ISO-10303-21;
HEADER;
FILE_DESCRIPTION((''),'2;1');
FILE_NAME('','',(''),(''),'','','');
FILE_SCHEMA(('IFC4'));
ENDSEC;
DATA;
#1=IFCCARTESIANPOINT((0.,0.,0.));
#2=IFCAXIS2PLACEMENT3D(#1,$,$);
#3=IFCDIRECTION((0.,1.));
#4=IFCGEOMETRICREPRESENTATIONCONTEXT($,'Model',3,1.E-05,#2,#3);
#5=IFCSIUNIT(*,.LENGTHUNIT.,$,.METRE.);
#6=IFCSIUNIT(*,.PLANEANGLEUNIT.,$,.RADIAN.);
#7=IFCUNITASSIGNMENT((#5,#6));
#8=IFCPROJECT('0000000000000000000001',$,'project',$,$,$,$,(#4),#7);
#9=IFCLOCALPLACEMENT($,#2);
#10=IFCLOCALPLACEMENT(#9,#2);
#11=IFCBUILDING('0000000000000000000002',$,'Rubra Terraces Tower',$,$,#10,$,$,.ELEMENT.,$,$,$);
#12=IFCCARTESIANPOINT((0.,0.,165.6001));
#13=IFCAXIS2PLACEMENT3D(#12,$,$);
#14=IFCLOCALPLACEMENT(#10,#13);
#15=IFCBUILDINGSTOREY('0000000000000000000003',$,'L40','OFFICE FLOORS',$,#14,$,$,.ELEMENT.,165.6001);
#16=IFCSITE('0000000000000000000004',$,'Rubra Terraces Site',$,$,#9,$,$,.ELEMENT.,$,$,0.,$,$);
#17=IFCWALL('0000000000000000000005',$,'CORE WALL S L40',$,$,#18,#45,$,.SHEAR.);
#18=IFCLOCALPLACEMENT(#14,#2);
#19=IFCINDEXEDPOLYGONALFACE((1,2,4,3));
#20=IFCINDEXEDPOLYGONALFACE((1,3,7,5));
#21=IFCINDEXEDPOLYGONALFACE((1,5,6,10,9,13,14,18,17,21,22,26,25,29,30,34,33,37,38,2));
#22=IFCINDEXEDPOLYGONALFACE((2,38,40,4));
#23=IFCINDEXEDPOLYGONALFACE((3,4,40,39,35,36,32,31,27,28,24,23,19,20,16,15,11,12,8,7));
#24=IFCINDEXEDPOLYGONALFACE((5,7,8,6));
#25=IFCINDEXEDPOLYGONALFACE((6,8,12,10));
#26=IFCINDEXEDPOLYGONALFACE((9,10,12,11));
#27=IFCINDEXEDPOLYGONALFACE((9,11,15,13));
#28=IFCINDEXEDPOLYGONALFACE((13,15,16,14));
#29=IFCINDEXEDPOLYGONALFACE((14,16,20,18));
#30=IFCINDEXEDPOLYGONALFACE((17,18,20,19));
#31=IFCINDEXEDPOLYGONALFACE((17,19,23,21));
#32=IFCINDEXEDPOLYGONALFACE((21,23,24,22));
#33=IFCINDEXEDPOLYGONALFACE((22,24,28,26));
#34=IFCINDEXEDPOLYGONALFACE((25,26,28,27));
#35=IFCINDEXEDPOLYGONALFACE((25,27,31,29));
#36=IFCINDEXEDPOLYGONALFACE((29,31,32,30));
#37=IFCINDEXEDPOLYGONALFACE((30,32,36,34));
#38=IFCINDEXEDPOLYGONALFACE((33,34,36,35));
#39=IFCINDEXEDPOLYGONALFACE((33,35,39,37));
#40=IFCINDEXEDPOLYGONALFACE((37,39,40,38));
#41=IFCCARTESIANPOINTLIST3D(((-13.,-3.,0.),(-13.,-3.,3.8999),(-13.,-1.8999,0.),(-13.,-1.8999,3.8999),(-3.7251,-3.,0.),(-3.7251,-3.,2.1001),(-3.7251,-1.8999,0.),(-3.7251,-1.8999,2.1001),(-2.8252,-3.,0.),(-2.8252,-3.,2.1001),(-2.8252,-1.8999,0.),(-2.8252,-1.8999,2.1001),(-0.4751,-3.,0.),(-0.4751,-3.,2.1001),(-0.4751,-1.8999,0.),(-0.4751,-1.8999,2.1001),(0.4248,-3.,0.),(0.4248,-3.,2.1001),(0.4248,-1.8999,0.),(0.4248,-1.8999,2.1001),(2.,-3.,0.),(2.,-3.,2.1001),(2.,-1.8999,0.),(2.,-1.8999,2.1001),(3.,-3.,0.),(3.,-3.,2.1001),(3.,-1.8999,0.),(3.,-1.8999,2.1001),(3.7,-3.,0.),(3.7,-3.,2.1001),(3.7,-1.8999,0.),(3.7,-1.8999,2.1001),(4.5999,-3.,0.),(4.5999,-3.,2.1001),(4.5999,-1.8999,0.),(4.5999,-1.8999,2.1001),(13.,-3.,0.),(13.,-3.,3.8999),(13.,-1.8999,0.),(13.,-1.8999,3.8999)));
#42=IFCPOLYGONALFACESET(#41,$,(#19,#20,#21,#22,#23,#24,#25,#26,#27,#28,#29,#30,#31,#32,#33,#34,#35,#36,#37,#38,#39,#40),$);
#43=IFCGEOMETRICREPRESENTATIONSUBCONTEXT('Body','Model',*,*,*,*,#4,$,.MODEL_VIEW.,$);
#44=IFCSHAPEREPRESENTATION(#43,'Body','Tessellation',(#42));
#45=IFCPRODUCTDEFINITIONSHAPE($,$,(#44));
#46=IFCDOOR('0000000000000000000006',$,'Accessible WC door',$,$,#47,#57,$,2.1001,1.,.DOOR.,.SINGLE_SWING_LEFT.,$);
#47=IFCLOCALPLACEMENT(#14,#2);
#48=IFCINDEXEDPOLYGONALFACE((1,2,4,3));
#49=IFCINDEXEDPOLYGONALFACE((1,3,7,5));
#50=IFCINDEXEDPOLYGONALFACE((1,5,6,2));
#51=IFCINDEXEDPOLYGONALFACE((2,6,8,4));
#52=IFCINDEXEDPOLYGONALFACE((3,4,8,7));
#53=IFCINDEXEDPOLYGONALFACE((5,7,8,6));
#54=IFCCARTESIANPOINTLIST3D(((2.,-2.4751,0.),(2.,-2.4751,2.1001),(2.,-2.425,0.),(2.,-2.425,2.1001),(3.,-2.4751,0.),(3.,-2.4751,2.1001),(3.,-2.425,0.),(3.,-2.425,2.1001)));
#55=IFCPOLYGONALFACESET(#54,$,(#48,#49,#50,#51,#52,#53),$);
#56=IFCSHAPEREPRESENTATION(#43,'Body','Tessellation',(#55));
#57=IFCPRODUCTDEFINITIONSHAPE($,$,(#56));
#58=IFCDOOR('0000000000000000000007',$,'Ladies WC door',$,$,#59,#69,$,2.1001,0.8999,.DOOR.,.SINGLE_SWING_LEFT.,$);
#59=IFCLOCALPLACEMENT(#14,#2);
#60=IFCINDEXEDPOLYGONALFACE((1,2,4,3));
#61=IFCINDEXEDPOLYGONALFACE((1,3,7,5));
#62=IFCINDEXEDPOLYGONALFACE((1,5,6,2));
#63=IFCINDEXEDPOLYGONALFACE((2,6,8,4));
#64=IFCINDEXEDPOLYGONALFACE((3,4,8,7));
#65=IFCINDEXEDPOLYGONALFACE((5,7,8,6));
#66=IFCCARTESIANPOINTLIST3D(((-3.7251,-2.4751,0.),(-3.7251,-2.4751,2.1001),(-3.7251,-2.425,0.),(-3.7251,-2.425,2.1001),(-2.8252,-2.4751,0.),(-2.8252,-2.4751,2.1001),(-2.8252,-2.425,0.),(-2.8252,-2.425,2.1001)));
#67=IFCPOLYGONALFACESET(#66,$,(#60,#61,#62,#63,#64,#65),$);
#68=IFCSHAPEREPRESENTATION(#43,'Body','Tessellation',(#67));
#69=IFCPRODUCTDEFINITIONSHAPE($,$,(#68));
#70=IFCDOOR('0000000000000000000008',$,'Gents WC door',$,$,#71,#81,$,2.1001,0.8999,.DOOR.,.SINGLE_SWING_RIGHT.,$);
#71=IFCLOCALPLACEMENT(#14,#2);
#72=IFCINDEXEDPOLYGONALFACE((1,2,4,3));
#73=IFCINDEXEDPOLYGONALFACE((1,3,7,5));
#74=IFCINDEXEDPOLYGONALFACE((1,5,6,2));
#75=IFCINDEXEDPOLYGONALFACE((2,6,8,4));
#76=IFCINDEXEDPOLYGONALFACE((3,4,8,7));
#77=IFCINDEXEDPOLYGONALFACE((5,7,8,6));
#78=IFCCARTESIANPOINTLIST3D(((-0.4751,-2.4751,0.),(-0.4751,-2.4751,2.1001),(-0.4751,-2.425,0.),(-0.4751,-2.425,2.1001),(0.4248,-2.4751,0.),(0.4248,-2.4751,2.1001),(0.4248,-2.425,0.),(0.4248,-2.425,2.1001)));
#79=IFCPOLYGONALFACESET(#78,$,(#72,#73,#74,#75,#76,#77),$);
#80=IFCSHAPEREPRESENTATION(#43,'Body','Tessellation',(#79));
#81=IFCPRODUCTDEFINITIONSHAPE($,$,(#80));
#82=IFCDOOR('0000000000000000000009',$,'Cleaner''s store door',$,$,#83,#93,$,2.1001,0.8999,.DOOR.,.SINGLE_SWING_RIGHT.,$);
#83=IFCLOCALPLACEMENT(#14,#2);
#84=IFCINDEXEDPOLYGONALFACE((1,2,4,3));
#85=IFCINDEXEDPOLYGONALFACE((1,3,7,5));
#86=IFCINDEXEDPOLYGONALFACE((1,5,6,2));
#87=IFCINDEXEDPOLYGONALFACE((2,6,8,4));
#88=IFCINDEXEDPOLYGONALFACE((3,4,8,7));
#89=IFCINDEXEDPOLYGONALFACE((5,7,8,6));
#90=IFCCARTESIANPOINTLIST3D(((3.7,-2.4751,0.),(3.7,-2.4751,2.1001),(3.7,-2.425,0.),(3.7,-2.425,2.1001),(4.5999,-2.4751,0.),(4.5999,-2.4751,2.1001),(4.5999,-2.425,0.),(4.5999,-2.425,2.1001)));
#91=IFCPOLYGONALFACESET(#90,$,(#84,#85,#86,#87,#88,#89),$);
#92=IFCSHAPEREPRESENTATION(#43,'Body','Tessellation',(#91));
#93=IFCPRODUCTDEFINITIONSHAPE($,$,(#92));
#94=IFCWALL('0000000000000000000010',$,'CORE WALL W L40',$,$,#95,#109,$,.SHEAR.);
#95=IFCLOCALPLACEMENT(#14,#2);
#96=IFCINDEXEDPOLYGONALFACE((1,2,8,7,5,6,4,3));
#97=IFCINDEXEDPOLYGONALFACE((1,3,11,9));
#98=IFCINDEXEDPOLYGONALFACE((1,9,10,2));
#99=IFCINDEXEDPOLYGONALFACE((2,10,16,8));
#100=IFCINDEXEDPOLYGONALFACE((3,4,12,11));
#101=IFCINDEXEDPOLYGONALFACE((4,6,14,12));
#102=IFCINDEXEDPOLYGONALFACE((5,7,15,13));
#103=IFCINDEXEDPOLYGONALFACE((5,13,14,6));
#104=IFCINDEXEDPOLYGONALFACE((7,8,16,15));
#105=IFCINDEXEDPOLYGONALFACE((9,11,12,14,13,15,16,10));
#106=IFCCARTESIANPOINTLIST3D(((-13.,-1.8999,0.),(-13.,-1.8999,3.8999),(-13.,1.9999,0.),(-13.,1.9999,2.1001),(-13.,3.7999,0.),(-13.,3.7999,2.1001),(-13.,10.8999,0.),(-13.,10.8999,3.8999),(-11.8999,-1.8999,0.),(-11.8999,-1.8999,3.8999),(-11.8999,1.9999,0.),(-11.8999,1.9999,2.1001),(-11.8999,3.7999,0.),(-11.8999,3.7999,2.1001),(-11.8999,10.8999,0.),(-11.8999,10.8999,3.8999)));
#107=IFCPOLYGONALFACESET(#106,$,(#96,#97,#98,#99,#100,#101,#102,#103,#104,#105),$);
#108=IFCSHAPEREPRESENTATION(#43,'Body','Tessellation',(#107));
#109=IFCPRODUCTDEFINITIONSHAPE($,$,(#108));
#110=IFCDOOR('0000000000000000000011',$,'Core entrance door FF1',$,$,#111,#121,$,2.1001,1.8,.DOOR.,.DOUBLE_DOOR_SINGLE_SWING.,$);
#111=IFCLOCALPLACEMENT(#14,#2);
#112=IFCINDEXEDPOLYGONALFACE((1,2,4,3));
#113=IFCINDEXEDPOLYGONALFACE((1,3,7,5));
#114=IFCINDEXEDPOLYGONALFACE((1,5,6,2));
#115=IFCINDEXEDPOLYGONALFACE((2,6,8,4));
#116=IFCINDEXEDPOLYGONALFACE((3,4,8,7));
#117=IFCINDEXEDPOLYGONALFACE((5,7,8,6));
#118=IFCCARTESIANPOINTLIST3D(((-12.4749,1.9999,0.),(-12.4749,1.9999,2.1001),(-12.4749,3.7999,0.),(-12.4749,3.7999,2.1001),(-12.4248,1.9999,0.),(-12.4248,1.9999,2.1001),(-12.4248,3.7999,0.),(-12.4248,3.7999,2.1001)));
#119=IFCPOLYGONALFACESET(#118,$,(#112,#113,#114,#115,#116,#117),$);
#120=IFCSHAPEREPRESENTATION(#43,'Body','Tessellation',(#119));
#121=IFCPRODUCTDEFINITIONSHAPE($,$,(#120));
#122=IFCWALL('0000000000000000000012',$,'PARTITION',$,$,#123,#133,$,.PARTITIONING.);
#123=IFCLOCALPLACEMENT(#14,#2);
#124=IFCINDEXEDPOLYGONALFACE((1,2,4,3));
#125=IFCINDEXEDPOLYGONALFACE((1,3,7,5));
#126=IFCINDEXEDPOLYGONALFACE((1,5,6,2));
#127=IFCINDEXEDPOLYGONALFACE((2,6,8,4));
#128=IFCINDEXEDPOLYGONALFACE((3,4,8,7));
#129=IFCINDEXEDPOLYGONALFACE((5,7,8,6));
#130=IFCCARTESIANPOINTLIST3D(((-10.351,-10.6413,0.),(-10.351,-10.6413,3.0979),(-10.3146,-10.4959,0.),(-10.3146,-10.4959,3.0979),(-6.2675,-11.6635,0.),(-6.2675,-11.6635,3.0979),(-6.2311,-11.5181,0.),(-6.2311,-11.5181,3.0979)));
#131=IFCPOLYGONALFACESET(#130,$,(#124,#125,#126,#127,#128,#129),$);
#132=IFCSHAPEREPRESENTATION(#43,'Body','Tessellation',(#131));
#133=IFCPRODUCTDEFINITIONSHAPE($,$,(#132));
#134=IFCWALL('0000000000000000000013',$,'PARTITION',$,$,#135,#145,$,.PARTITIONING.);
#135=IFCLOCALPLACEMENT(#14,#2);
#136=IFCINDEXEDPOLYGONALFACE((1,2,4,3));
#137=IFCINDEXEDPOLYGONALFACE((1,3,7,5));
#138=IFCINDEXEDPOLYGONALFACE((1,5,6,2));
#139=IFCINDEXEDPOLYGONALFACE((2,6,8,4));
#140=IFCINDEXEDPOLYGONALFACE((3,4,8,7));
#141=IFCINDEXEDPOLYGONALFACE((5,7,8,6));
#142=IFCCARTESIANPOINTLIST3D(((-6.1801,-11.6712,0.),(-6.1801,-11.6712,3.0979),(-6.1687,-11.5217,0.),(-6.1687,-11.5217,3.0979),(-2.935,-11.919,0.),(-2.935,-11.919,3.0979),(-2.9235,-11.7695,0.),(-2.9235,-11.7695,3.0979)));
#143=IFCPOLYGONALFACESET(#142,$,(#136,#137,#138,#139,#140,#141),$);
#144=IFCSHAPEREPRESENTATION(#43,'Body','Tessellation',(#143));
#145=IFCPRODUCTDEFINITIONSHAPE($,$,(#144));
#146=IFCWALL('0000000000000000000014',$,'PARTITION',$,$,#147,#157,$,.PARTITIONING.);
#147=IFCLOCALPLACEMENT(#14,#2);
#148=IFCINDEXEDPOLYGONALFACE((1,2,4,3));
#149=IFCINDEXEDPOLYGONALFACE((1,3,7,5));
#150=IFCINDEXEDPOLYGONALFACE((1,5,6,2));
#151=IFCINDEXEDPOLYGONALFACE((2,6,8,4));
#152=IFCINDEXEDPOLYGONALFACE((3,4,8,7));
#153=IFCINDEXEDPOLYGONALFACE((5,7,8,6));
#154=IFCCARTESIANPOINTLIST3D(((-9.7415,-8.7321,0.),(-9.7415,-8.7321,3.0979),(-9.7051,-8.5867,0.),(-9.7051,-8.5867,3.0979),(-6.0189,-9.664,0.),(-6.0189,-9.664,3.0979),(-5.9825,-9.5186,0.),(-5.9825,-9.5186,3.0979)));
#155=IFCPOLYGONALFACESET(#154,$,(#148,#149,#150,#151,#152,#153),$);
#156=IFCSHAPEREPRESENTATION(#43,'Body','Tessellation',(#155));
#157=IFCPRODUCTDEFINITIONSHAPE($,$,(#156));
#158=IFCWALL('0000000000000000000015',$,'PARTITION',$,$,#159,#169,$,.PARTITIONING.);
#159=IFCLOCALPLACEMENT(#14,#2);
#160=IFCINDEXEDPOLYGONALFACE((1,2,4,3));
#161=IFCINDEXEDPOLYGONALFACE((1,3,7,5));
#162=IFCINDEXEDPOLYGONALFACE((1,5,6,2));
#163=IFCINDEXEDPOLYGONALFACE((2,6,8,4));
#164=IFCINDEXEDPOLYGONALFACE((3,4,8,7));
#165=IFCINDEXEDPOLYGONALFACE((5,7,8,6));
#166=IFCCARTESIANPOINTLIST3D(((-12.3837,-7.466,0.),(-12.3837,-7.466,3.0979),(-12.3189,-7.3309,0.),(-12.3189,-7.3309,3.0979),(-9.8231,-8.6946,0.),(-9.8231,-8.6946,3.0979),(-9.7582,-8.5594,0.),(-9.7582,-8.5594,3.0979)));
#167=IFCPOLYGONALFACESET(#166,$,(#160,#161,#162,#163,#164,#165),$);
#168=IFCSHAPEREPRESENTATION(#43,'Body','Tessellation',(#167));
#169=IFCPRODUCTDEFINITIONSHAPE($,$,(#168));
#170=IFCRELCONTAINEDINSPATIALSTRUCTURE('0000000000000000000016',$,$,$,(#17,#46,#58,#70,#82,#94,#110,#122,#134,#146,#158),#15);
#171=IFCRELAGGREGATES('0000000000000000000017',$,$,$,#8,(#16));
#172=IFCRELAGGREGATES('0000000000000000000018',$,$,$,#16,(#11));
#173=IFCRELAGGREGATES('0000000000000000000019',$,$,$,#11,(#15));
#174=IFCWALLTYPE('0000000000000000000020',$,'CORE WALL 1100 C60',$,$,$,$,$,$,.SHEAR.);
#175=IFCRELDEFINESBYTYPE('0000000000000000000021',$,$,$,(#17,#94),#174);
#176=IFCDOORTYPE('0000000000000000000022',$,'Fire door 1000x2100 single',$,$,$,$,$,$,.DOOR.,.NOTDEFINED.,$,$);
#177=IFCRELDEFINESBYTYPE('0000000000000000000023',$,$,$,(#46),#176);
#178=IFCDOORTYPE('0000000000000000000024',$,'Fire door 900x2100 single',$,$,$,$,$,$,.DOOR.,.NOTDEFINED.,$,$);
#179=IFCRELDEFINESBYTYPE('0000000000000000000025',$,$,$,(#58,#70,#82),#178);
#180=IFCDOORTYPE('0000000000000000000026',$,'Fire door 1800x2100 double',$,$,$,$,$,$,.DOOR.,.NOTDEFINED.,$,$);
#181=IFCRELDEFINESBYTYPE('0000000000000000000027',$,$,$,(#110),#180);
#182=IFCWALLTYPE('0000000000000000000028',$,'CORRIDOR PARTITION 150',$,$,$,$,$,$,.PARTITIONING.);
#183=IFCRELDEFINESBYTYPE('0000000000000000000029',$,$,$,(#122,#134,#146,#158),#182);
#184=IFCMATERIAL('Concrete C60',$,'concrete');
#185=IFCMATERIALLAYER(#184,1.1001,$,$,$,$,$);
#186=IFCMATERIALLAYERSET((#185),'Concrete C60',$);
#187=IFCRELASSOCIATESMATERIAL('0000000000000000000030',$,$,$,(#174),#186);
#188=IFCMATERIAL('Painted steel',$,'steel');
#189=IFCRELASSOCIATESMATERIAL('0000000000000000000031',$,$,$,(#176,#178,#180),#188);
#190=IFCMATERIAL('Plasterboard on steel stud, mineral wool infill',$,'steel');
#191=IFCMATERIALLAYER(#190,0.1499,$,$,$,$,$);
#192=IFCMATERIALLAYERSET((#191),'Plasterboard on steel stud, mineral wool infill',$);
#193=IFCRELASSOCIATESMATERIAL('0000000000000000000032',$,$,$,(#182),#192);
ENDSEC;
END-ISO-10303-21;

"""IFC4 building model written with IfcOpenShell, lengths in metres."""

from ifc_helpers import new_model, si_unit, direction, frame, frame_2d, origin, place, context, subcontext, project, spatial, rectangle, extrude, material, layer, layer_set, type_object, element, fill, save


model = new_model("IFC4")

# Units and contexts
model_context = context("Model", 3, precision=1e-05, world=origin(), true_north=direction((0.0, 1.0)))
body_context = subcontext(model_context, "Body", "Model", "MODEL_VIEW")
ifc_project = project(units=[si_unit("LENGTHUNIT", "METRE"), si_unit("PLANEANGLEUNIT", "RADIAN")], contexts=[model_context])

# Site, building, storey
site_placement = place(None, origin())
site = spatial("IfcSite", under=ifc_project, at=site_placement, Name="Rubra Terraces Site", CompositionType="ELEMENT", RefElevation=0.0)
building_placement = place(site_placement, origin())
building = spatial("IfcBuilding", under=site, at=building_placement, Name="Rubra Terraces Tower", CompositionType="ELEMENT")
storey_placement = place(building_placement, frame((0.0, 0.0, 165.6001)))
storey = spatial("IfcBuildingStorey", under=building, at=storey_placement, Name="L40", Description="OFFICE FLOORS", CompositionType="ELEMENT", Elevation=165.6001)

# Wall, openings, doors
ifc_material_1 = material(Name="Concrete C60", Category="concrete")
ifc_layer_1 = layer(ifc_material_1, 1.1001)
ifc_layer_set_1 = layer_set([ifc_layer_1], Name="Concrete C60")
wall_type_1 = type_object("IfcWallType", Name="CORE WALL 1100 C60", PredefinedType="SHEAR", material=ifc_layer_set_1)
wall_1_placement = place(storey_placement, frame((-13.0, -2.45, 0.0), z_axis=(0.0, 0.0, 1.0), x_axis=(1.0, 0.0, 0.0)))
wall_1 = element("IfcWall", 1, at=wall_1_placement, inside=storey, type_object=wall_type_1, Name="CORE WALL S L40", PredefinedType="SHEAR", context=body_context, shape_type="SweptSolid", body=[
    extrude(rectangle(XDim=26.0, YDim=1.1001, at=frame_2d((13.0, 0.0))), origin(), (0.0, 0.0, 1.0), 3.8999),
])
opening_1_placement = place(wall_1_placement, frame((9.2749, 0.0, 0.0)))
opening_1 = element("IfcOpeningElement", 2, at=opening_1_placement, cuts=wall_1, PredefinedType="OPENING", context=body_context, shape_type="SweptSolid", body=[
    extrude(rectangle(XDim=0.8999, YDim=2.1001, at=frame_2d((0.45, 1.05))), frame((0.0, 0.5601, 0.0), z_axis=(0.0, -1.0, 0.0), x_axis=(1.0, 0.0, 0.0)), (0.0, 0.0, 1.0), 1.1201),
])
opening_2_placement = place(wall_1_placement, frame((12.5249, 0.0, 0.0)))
opening_2 = element("IfcOpeningElement", 3, at=opening_2_placement, cuts=wall_1, PredefinedType="OPENING", context=body_context, shape_type="SweptSolid", body=[
    extrude(rectangle(XDim=0.8999, YDim=2.1001, at=frame_2d((0.45, 1.05))), frame((0.0, 0.5601, 0.0), z_axis=(0.0, -1.0, 0.0), x_axis=(1.0, 0.0, 0.0)), (0.0, 0.0, 1.0), 1.1201),
])
opening_3_placement = place(wall_1_placement, frame((15.0, 0.0, 0.0)))
opening_3 = element("IfcOpeningElement", 4, at=opening_3_placement, cuts=wall_1, PredefinedType="OPENING", context=body_context, shape_type="SweptSolid", body=[
    extrude(rectangle(XDim=1.0, YDim=2.1001, at=frame_2d((0.5, 1.05))), frame((0.0, 0.5601, 0.0), z_axis=(0.0, -1.0, 0.0), x_axis=(1.0, 0.0, 0.0)), (0.0, 0.0, 1.0), 1.1201),
])
opening_4_placement = place(wall_1_placement, frame((16.7, 0.0, 0.0)))
opening_4 = element("IfcOpeningElement", 5, at=opening_4_placement, cuts=wall_1, PredefinedType="OPENING", context=body_context, shape_type="SweptSolid", body=[
    extrude(rectangle(XDim=0.8999, YDim=2.1001, at=frame_2d((0.45, 1.05))), frame((0.0, 0.5601, 0.0), z_axis=(0.0, -1.0, 0.0), x_axis=(1.0, 0.0, 0.0)), (0.0, 0.0, 1.0), 1.1201),
])
ifc_material_2 = material(Name="Painted steel", Category="steel")
door_type_1 = type_object("IfcDoorType", Name="Fire door 1000x2100 single", OperationType="NOTDEFINED", PredefinedType="DOOR", material=ifc_material_2)
door_1_placement = place(opening_3_placement, origin())
door_1 = element("IfcDoor", 6, at=door_1_placement, inside=storey, type_object=door_type_1, Name="Accessible WC door", OperationType="SINGLE_SWING_LEFT", OverallHeight=2.1001, OverallWidth=1.0, PredefinedType="DOOR", context=body_context, shape_type="SweptSolid", body=[
    extrude(rectangle(XDim=1.0, YDim=2.1001, at=frame_2d((0.5, 1.05))), frame((0.0, 0.0249, 0.0), z_axis=(0.0, -1.0, 0.0), x_axis=(1.0, 0.0, 0.0)), (0.0, 0.0, 1.0), 0.05),
])
fill(opening_3, door_1)
door_type_2 = type_object("IfcDoorType", Name="Fire door 900x2100 single", OperationType="NOTDEFINED", PredefinedType="DOOR", material=ifc_material_2)
door_2_placement = place(opening_1_placement, origin())
door_2 = element("IfcDoor", 7, at=door_2_placement, inside=storey, type_object=door_type_2, Name="Ladies WC door", OperationType="SINGLE_SWING_LEFT", OverallHeight=2.1001, OverallWidth=0.8999, PredefinedType="DOOR", context=body_context, shape_type="SweptSolid", body=[
    extrude(rectangle(XDim=0.8999, YDim=2.1001, at=frame_2d((0.45, 1.05))), frame((0.0, 0.0249, 0.0), z_axis=(0.0, -1.0, 0.0), x_axis=(1.0, 0.0, 0.0)), (0.0, 0.0, 1.0), 0.05),
])
fill(opening_1, door_2)
door_3_placement = place(opening_2_placement, origin())
door_3 = element("IfcDoor", 8, at=door_3_placement, inside=storey, type_object=door_type_2, Name="Gents WC door", OperationType="SINGLE_SWING_RIGHT", OverallHeight=2.1001, OverallWidth=0.8999, PredefinedType="DOOR", context=body_context, shape_type="SweptSolid", body=[
    extrude(rectangle(XDim=0.8999, YDim=2.1001, at=frame_2d((0.45, 1.05))), frame((0.0, 0.0249, 0.0), z_axis=(0.0, -1.0, 0.0), x_axis=(1.0, 0.0, 0.0)), (0.0, 0.0, 1.0), 0.05),
])
fill(opening_2, door_3)
door_4_placement = place(opening_4_placement, origin())
door_4 = element("IfcDoor", 9, at=door_4_placement, inside=storey, type_object=door_type_2, Name="Cleaner's store door", OperationType="SINGLE_SWING_RIGHT", OverallHeight=2.1001, OverallWidth=0.8999, PredefinedType="DOOR", context=body_context, shape_type="SweptSolid", body=[
    extrude(rectangle(XDim=0.8999, YDim=2.1001, at=frame_2d((0.45, 1.05))), frame((0.0, 0.0249, 0.0), z_axis=(0.0, -1.0, 0.0), x_axis=(1.0, 0.0, 0.0)), (0.0, 0.0, 1.0), 0.05),
])
fill(opening_4, door_4)

# Wall, opening, door
wall_2_placement = place(storey_placement, frame((-12.45, -1.8999, 0.0), z_axis=(0.0, 0.0, 1.0), x_axis=(0.0, 1.0, 0.0)))
wall_2 = element("IfcWall", 10, at=wall_2_placement, inside=storey, type_object=wall_type_1, Name="CORE WALL W L40", PredefinedType="SHEAR", context=body_context, shape_type="SweptSolid", body=[
    extrude(rectangle(XDim=12.7998, YDim=1.1001, at=frame_2d((6.3999, 0.0))), origin(), (0.0, 0.0, 1.0), 3.8999),
])
opening_5_placement = place(wall_2_placement, frame((3.8999, 0.0, 0.0)))
opening_5 = element("IfcOpeningElement", 11, at=opening_5_placement, cuts=wall_2, PredefinedType="OPENING", context=body_context, shape_type="SweptSolid", body=[
    extrude(rectangle(XDim=1.8, YDim=2.1001, at=frame_2d((0.8999, 1.05))), frame((0.0, 0.5601, 0.0), z_axis=(0.0, -1.0, 0.0), x_axis=(1.0, 0.0, 0.0)), (0.0, 0.0, 1.0), 1.1201),
])
door_type_3 = type_object("IfcDoorType", Name="Fire door 1800x2100 double", OperationType="NOTDEFINED", PredefinedType="DOOR", material=ifc_material_2)
door_5_placement = place(opening_5_placement, origin())
door_5 = element("IfcDoor", 12, at=door_5_placement, inside=storey, type_object=door_type_3, Name="Core entrance door FF1", OperationType="DOUBLE_DOOR_SINGLE_SWING", OverallHeight=2.1001, OverallWidth=1.8, PredefinedType="DOOR", context=body_context, shape_type="SweptSolid", body=[
    extrude(rectangle(XDim=1.8, YDim=2.1001, at=frame_2d((0.8999, 1.05))), frame((0.0, 0.0249, 0.0), z_axis=(0.0, -1.0, 0.0), x_axis=(1.0, 0.0, 0.0)), (0.0, 0.0, 1.0), 0.05),
])
fill(opening_5, door_5)

# Walls
ifc_material_3 = material(Name="Plasterboard on steel stud, mineral wool infill", Category="steel")
ifc_layer_2 = layer(ifc_material_3, 0.1499)
ifc_layer_set_2 = layer_set([ifc_layer_2], Name="Plasterboard on steel stud, mineral wool infill")
wall_type_2 = type_object("IfcWallType", Name="CORRIDOR PARTITION 150", PredefinedType="PARTITIONING", material=ifc_layer_set_2)
wall_3_placement = place(storey_placement, frame((-10.3328, -10.5686, 0.0), z_axis=(0.0, 0.0, 1.0), x_axis=(0.970067, -0.242836, 0.0)))
element("IfcWall", 13, at=wall_3_placement, inside=storey, type_object=wall_type_2, Name="PARTITION", PredefinedType="PARTITIONING", context=body_context, shape_type="SweptSolid", body=[
    extrude(rectangle(XDim=4.2095, YDim=0.1499, at=frame_2d((2.1047, 0.0))), origin(), (0.0, 0.0, 1.0), 3.0979),
])
wall_4_placement = place(storey_placement, frame((-6.1746, -11.5964, 0.0), z_axis=(0.0, 0.0, 1.0), x_axis=(0.997097, -0.07614, 0.0)))
element("IfcWall", 14, at=wall_4_placement, inside=storey, type_object=wall_type_2, Name="PARTITION", PredefinedType="PARTITIONING", context=body_context, shape_type="SweptSolid", body=[
    extrude(rectangle(XDim=3.2546, YDim=0.1499, at=frame_2d((1.6274, 0.0))), origin(), (0.0, 0.0, 1.0), 3.0979),
])
wall_5_placement = place(storey_placement, frame((-6.0007, -9.5913, 0.0), z_axis=(0.0, 0.0, 1.0), x_axis=(-0.970064, 0.24285, 0.0)))
element("IfcWall", 15, at=wall_5_placement, inside=storey, type_object=wall_type_2, Name="PARTITION", PredefinedType="PARTITIONING", context=body_context, shape_type="SweptSolid", body=[
    extrude(rectangle(XDim=3.8374, YDim=0.1499, at=frame_2d((1.9187, 0.0))), origin(), (0.0, 0.0, 1.0), 3.0979),
])
wall_6_placement = place(storey_placement, frame((-9.7908, -8.627, 0.0), z_axis=(0.0, 0.0, 1.0), x_axis=(-0.901598, 0.432575, 0.0)))
element("IfcWall", 16, at=wall_6_placement, inside=storey, type_object=wall_type_2, Name="PARTITION", PredefinedType="PARTITIONING", context=body_context, shape_type="SweptSolid", body=[
    extrude(rectangle(XDim=2.8401, YDim=0.1499, at=frame_2d((1.4199, 0.0))), origin(), (0.0, 0.0, 1.0), 3.0979),
])

save(model, "model.ifc")
